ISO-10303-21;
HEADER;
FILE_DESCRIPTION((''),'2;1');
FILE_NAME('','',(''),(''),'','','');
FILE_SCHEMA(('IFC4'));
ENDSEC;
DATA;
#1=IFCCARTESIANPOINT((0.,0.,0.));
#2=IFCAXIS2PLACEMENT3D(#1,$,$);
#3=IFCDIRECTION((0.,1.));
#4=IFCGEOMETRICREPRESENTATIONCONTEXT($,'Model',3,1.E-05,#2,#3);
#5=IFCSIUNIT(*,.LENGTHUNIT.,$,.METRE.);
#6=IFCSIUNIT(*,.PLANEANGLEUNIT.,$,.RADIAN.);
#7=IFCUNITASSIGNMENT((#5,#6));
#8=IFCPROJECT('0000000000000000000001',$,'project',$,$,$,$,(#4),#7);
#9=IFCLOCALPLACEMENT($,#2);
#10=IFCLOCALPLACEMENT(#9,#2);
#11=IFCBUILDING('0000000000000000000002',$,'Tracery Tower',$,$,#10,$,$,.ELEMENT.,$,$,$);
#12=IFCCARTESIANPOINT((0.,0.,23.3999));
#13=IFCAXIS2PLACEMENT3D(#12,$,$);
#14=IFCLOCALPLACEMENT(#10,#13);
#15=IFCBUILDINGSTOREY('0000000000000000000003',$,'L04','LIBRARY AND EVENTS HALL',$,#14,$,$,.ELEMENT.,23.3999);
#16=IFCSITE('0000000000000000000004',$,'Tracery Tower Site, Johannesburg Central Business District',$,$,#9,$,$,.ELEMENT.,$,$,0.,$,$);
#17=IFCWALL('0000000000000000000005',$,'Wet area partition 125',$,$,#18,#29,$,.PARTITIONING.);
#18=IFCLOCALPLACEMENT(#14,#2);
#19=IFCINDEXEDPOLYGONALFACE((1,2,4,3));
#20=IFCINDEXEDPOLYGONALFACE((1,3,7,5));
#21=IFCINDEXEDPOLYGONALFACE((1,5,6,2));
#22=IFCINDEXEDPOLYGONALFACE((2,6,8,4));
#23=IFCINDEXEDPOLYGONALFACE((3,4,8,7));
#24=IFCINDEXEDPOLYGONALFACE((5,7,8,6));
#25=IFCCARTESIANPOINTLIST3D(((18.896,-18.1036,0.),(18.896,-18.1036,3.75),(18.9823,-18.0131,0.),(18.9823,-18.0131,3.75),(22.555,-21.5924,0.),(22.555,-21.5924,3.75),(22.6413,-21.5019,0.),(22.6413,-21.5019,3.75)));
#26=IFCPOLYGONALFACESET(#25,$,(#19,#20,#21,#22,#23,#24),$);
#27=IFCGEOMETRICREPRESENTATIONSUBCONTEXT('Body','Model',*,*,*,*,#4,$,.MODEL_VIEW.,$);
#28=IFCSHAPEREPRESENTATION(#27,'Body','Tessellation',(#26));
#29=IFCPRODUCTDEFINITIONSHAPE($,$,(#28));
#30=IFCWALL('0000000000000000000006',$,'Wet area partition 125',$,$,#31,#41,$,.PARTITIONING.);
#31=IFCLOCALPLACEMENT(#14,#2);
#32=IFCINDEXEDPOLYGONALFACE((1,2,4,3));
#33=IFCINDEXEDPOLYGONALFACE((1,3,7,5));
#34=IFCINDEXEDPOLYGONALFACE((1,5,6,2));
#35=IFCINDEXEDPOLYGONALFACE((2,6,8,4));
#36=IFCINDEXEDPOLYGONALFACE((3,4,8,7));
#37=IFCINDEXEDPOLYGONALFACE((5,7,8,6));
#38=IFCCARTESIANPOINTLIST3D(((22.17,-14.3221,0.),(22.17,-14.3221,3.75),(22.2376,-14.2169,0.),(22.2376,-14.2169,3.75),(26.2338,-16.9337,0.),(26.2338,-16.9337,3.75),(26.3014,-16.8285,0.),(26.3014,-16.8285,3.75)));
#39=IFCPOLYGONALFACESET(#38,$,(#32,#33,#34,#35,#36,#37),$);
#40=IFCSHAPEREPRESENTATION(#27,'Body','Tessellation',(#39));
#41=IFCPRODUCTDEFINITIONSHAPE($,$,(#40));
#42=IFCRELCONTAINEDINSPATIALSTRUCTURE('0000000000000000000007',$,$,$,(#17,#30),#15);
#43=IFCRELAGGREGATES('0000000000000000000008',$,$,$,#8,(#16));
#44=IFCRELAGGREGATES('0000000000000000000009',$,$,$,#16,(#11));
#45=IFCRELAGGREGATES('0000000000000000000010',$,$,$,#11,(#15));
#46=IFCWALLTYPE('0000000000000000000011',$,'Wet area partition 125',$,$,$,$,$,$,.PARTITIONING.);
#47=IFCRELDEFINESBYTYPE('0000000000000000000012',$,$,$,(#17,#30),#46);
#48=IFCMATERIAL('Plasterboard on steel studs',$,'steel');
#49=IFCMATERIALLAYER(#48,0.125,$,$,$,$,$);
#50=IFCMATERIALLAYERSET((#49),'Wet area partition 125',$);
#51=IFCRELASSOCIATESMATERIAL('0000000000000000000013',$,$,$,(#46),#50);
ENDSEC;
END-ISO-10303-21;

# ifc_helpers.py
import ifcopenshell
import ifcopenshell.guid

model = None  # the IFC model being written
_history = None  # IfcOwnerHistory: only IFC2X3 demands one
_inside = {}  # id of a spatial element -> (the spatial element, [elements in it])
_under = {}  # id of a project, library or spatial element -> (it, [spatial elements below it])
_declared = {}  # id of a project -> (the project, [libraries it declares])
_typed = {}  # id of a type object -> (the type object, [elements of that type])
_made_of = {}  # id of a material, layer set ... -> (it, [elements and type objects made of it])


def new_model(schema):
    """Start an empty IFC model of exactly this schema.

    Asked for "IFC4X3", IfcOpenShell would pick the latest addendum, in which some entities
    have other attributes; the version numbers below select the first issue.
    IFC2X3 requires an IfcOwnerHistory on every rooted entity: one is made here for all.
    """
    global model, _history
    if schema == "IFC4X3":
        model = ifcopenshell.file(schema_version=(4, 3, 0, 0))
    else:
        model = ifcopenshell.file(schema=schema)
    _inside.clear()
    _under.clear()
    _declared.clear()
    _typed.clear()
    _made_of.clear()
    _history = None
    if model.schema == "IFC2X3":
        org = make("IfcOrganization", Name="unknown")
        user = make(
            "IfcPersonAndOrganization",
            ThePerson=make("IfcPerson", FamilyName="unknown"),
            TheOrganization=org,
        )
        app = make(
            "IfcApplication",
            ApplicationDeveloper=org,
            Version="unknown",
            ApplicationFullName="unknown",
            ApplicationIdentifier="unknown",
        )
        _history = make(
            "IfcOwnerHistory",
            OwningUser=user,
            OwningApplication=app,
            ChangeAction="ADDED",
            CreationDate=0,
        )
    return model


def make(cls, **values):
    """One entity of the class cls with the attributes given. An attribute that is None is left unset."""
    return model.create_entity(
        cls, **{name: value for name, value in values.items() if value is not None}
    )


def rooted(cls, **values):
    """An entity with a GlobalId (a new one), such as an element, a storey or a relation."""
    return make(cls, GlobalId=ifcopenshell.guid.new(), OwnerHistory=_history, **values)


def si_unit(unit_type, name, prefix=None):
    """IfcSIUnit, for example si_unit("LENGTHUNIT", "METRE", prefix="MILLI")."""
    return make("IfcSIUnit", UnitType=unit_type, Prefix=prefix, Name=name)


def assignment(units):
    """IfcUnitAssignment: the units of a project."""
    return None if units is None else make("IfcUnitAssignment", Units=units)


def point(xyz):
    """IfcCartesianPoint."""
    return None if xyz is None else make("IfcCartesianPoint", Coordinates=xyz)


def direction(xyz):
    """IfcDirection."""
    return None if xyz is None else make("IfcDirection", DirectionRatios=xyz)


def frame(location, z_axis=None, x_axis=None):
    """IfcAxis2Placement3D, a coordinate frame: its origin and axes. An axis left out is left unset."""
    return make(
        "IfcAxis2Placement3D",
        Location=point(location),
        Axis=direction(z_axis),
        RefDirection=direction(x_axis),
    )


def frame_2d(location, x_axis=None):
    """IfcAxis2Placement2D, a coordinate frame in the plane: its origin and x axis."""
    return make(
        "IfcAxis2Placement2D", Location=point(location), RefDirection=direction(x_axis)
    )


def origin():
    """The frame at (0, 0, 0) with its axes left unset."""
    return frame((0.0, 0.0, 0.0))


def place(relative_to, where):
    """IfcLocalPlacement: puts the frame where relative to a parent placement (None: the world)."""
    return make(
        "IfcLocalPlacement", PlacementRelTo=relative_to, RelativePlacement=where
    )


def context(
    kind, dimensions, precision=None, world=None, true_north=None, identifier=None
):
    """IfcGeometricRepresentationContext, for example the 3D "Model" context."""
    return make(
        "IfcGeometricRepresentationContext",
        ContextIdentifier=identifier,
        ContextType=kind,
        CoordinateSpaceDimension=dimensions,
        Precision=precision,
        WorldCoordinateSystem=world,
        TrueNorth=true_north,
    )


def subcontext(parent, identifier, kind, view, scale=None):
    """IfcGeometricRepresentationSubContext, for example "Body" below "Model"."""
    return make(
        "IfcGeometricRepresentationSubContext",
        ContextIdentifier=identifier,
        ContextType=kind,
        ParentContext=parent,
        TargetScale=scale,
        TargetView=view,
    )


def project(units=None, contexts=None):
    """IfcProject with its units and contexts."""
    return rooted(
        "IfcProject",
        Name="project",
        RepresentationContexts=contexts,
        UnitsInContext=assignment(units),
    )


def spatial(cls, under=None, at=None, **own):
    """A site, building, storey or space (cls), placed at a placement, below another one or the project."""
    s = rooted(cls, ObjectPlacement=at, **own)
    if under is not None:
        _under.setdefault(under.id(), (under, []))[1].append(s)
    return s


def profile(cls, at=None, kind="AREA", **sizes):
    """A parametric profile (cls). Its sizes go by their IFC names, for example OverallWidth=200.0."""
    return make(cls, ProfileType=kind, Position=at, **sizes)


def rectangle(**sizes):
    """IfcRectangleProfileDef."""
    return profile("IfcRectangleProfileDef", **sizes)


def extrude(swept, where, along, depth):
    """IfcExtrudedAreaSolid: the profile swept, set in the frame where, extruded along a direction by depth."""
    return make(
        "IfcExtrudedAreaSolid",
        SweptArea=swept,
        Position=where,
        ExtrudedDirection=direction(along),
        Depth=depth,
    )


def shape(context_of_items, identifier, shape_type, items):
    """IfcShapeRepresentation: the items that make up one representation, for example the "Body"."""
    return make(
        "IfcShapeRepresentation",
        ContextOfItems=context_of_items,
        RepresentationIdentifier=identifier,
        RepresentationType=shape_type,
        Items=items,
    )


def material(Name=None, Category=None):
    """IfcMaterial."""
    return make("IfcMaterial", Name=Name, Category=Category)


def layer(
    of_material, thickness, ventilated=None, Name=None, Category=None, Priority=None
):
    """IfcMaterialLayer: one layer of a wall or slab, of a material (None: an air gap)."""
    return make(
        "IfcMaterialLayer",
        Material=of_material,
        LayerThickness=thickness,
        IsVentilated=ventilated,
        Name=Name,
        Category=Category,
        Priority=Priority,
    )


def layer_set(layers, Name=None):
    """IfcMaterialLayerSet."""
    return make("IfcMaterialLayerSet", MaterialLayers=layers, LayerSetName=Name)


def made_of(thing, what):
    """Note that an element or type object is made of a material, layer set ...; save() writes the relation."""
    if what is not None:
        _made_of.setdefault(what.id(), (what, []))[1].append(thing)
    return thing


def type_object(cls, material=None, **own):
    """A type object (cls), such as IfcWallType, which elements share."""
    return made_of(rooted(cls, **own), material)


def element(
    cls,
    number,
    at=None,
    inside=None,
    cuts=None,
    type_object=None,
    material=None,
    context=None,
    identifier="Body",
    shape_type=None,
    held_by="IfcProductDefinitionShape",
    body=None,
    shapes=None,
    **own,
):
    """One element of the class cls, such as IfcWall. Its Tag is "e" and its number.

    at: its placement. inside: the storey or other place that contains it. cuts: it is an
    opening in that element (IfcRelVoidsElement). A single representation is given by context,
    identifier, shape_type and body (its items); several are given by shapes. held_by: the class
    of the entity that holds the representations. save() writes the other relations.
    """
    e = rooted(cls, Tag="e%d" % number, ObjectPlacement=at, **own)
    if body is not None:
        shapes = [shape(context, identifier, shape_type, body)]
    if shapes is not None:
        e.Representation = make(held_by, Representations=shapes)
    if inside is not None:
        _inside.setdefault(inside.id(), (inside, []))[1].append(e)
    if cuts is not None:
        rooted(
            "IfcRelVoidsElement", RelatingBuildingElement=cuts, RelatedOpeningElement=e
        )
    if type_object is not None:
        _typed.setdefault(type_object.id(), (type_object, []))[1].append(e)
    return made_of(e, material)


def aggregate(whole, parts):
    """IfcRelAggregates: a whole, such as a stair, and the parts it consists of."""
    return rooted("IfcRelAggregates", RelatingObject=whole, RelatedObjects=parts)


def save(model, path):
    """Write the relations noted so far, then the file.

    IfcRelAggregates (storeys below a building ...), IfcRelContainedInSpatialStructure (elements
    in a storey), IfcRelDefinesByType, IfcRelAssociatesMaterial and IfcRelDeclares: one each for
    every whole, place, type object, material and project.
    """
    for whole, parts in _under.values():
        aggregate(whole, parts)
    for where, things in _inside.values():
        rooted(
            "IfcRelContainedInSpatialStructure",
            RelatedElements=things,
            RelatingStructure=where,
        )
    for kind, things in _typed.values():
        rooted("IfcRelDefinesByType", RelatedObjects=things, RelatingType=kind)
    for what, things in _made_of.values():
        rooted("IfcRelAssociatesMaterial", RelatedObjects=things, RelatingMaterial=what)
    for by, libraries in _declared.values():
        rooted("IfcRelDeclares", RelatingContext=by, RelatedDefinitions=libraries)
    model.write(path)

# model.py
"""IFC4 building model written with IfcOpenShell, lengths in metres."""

from ifc_helpers import new_model, si_unit, direction, frame, frame_2d, origin, place, context, subcontext, project, spatial, rectangle, extrude, material, layer, layer_set, type_object, element, save


model = new_model("IFC4")

# Units and contexts
model_context = context("Model", 3, precision=1e-05, world=origin(), true_north=direction((0.0, 1.0)))
body_context = subcontext(model_context, "Body", "Model", "MODEL_VIEW")
ifc_project = project(units=[si_unit("LENGTHUNIT", "METRE"), si_unit("PLANEANGLEUNIT", "RADIAN")], contexts=[model_context])

# Site, building, storey
site_placement = place(None, origin())
site = spatial("IfcSite", under=ifc_project, at=site_placement, Name="Tracery Tower Site, Johannesburg Central Business District", CompositionType="ELEMENT", RefElevation=0.0)
building_placement = place(site_placement, origin())
building = spatial("IfcBuilding", under=site, at=building_placement, Name="Tracery Tower", CompositionType="ELEMENT")
storey_placement = place(building_placement, frame((0.0, 0.0, 23.3999)))
storey = spatial("IfcBuildingStorey", under=building, at=storey_placement, Name="L04", Description="LIBRARY AND EVENTS HALL", CompositionType="ELEMENT", Elevation=23.3999)

# Walls
ifc_material_1 = material(Name="Plasterboard on steel studs", Category="steel")
ifc_layer_1 = layer(ifc_material_1, 0.125)
ifc_layer_set_1 = layer_set([ifc_layer_1], Name="Wet area partition 125")
wall_type_1 = type_object("IfcWallType", Name="Wet area partition 125", PredefinedType="PARTITIONING", material=ifc_layer_set_1)
wall_1_placement = place(storey_placement, frame((22.5981, -21.5471, 0.0), z_axis=(0.0, 0.0, 1.0), x_axis=(-0.723736, 0.690077, 0.0)))
element("IfcWall", 1, at=wall_1_placement, inside=storey, type_object=wall_type_1, Name="Wet area partition 125", PredefinedType="PARTITIONING", context=body_context, shape_type="SweptSolid", body=[
    extrude(rectangle(XDim=5.0557, YDim=0.125, at=frame_2d((2.5278, 0.0))), origin(), (0.0, 0.0, 1.0), 3.75),
])
wall_2_placement = place(storey_placement, frame((26.2676, -16.8811, 0.0), z_axis=(0.0, 0.0, 1.0), x_axis=(-0.841256, 0.540638, 0.0)))
element("IfcWall", 2, at=wall_2_placement, inside=storey, type_object=wall_type_1, Name="Wet area partition 125", PredefinedType="PARTITIONING", context=body_context, shape_type="SweptSolid", body=[
    extrude(rectangle(XDim=4.8306, YDim=0.125, at=frame_2d((2.4153, 0.0))), origin(), (0.0, 0.0, 1.0), 3.75),
])

save(model, "model.ifc")
